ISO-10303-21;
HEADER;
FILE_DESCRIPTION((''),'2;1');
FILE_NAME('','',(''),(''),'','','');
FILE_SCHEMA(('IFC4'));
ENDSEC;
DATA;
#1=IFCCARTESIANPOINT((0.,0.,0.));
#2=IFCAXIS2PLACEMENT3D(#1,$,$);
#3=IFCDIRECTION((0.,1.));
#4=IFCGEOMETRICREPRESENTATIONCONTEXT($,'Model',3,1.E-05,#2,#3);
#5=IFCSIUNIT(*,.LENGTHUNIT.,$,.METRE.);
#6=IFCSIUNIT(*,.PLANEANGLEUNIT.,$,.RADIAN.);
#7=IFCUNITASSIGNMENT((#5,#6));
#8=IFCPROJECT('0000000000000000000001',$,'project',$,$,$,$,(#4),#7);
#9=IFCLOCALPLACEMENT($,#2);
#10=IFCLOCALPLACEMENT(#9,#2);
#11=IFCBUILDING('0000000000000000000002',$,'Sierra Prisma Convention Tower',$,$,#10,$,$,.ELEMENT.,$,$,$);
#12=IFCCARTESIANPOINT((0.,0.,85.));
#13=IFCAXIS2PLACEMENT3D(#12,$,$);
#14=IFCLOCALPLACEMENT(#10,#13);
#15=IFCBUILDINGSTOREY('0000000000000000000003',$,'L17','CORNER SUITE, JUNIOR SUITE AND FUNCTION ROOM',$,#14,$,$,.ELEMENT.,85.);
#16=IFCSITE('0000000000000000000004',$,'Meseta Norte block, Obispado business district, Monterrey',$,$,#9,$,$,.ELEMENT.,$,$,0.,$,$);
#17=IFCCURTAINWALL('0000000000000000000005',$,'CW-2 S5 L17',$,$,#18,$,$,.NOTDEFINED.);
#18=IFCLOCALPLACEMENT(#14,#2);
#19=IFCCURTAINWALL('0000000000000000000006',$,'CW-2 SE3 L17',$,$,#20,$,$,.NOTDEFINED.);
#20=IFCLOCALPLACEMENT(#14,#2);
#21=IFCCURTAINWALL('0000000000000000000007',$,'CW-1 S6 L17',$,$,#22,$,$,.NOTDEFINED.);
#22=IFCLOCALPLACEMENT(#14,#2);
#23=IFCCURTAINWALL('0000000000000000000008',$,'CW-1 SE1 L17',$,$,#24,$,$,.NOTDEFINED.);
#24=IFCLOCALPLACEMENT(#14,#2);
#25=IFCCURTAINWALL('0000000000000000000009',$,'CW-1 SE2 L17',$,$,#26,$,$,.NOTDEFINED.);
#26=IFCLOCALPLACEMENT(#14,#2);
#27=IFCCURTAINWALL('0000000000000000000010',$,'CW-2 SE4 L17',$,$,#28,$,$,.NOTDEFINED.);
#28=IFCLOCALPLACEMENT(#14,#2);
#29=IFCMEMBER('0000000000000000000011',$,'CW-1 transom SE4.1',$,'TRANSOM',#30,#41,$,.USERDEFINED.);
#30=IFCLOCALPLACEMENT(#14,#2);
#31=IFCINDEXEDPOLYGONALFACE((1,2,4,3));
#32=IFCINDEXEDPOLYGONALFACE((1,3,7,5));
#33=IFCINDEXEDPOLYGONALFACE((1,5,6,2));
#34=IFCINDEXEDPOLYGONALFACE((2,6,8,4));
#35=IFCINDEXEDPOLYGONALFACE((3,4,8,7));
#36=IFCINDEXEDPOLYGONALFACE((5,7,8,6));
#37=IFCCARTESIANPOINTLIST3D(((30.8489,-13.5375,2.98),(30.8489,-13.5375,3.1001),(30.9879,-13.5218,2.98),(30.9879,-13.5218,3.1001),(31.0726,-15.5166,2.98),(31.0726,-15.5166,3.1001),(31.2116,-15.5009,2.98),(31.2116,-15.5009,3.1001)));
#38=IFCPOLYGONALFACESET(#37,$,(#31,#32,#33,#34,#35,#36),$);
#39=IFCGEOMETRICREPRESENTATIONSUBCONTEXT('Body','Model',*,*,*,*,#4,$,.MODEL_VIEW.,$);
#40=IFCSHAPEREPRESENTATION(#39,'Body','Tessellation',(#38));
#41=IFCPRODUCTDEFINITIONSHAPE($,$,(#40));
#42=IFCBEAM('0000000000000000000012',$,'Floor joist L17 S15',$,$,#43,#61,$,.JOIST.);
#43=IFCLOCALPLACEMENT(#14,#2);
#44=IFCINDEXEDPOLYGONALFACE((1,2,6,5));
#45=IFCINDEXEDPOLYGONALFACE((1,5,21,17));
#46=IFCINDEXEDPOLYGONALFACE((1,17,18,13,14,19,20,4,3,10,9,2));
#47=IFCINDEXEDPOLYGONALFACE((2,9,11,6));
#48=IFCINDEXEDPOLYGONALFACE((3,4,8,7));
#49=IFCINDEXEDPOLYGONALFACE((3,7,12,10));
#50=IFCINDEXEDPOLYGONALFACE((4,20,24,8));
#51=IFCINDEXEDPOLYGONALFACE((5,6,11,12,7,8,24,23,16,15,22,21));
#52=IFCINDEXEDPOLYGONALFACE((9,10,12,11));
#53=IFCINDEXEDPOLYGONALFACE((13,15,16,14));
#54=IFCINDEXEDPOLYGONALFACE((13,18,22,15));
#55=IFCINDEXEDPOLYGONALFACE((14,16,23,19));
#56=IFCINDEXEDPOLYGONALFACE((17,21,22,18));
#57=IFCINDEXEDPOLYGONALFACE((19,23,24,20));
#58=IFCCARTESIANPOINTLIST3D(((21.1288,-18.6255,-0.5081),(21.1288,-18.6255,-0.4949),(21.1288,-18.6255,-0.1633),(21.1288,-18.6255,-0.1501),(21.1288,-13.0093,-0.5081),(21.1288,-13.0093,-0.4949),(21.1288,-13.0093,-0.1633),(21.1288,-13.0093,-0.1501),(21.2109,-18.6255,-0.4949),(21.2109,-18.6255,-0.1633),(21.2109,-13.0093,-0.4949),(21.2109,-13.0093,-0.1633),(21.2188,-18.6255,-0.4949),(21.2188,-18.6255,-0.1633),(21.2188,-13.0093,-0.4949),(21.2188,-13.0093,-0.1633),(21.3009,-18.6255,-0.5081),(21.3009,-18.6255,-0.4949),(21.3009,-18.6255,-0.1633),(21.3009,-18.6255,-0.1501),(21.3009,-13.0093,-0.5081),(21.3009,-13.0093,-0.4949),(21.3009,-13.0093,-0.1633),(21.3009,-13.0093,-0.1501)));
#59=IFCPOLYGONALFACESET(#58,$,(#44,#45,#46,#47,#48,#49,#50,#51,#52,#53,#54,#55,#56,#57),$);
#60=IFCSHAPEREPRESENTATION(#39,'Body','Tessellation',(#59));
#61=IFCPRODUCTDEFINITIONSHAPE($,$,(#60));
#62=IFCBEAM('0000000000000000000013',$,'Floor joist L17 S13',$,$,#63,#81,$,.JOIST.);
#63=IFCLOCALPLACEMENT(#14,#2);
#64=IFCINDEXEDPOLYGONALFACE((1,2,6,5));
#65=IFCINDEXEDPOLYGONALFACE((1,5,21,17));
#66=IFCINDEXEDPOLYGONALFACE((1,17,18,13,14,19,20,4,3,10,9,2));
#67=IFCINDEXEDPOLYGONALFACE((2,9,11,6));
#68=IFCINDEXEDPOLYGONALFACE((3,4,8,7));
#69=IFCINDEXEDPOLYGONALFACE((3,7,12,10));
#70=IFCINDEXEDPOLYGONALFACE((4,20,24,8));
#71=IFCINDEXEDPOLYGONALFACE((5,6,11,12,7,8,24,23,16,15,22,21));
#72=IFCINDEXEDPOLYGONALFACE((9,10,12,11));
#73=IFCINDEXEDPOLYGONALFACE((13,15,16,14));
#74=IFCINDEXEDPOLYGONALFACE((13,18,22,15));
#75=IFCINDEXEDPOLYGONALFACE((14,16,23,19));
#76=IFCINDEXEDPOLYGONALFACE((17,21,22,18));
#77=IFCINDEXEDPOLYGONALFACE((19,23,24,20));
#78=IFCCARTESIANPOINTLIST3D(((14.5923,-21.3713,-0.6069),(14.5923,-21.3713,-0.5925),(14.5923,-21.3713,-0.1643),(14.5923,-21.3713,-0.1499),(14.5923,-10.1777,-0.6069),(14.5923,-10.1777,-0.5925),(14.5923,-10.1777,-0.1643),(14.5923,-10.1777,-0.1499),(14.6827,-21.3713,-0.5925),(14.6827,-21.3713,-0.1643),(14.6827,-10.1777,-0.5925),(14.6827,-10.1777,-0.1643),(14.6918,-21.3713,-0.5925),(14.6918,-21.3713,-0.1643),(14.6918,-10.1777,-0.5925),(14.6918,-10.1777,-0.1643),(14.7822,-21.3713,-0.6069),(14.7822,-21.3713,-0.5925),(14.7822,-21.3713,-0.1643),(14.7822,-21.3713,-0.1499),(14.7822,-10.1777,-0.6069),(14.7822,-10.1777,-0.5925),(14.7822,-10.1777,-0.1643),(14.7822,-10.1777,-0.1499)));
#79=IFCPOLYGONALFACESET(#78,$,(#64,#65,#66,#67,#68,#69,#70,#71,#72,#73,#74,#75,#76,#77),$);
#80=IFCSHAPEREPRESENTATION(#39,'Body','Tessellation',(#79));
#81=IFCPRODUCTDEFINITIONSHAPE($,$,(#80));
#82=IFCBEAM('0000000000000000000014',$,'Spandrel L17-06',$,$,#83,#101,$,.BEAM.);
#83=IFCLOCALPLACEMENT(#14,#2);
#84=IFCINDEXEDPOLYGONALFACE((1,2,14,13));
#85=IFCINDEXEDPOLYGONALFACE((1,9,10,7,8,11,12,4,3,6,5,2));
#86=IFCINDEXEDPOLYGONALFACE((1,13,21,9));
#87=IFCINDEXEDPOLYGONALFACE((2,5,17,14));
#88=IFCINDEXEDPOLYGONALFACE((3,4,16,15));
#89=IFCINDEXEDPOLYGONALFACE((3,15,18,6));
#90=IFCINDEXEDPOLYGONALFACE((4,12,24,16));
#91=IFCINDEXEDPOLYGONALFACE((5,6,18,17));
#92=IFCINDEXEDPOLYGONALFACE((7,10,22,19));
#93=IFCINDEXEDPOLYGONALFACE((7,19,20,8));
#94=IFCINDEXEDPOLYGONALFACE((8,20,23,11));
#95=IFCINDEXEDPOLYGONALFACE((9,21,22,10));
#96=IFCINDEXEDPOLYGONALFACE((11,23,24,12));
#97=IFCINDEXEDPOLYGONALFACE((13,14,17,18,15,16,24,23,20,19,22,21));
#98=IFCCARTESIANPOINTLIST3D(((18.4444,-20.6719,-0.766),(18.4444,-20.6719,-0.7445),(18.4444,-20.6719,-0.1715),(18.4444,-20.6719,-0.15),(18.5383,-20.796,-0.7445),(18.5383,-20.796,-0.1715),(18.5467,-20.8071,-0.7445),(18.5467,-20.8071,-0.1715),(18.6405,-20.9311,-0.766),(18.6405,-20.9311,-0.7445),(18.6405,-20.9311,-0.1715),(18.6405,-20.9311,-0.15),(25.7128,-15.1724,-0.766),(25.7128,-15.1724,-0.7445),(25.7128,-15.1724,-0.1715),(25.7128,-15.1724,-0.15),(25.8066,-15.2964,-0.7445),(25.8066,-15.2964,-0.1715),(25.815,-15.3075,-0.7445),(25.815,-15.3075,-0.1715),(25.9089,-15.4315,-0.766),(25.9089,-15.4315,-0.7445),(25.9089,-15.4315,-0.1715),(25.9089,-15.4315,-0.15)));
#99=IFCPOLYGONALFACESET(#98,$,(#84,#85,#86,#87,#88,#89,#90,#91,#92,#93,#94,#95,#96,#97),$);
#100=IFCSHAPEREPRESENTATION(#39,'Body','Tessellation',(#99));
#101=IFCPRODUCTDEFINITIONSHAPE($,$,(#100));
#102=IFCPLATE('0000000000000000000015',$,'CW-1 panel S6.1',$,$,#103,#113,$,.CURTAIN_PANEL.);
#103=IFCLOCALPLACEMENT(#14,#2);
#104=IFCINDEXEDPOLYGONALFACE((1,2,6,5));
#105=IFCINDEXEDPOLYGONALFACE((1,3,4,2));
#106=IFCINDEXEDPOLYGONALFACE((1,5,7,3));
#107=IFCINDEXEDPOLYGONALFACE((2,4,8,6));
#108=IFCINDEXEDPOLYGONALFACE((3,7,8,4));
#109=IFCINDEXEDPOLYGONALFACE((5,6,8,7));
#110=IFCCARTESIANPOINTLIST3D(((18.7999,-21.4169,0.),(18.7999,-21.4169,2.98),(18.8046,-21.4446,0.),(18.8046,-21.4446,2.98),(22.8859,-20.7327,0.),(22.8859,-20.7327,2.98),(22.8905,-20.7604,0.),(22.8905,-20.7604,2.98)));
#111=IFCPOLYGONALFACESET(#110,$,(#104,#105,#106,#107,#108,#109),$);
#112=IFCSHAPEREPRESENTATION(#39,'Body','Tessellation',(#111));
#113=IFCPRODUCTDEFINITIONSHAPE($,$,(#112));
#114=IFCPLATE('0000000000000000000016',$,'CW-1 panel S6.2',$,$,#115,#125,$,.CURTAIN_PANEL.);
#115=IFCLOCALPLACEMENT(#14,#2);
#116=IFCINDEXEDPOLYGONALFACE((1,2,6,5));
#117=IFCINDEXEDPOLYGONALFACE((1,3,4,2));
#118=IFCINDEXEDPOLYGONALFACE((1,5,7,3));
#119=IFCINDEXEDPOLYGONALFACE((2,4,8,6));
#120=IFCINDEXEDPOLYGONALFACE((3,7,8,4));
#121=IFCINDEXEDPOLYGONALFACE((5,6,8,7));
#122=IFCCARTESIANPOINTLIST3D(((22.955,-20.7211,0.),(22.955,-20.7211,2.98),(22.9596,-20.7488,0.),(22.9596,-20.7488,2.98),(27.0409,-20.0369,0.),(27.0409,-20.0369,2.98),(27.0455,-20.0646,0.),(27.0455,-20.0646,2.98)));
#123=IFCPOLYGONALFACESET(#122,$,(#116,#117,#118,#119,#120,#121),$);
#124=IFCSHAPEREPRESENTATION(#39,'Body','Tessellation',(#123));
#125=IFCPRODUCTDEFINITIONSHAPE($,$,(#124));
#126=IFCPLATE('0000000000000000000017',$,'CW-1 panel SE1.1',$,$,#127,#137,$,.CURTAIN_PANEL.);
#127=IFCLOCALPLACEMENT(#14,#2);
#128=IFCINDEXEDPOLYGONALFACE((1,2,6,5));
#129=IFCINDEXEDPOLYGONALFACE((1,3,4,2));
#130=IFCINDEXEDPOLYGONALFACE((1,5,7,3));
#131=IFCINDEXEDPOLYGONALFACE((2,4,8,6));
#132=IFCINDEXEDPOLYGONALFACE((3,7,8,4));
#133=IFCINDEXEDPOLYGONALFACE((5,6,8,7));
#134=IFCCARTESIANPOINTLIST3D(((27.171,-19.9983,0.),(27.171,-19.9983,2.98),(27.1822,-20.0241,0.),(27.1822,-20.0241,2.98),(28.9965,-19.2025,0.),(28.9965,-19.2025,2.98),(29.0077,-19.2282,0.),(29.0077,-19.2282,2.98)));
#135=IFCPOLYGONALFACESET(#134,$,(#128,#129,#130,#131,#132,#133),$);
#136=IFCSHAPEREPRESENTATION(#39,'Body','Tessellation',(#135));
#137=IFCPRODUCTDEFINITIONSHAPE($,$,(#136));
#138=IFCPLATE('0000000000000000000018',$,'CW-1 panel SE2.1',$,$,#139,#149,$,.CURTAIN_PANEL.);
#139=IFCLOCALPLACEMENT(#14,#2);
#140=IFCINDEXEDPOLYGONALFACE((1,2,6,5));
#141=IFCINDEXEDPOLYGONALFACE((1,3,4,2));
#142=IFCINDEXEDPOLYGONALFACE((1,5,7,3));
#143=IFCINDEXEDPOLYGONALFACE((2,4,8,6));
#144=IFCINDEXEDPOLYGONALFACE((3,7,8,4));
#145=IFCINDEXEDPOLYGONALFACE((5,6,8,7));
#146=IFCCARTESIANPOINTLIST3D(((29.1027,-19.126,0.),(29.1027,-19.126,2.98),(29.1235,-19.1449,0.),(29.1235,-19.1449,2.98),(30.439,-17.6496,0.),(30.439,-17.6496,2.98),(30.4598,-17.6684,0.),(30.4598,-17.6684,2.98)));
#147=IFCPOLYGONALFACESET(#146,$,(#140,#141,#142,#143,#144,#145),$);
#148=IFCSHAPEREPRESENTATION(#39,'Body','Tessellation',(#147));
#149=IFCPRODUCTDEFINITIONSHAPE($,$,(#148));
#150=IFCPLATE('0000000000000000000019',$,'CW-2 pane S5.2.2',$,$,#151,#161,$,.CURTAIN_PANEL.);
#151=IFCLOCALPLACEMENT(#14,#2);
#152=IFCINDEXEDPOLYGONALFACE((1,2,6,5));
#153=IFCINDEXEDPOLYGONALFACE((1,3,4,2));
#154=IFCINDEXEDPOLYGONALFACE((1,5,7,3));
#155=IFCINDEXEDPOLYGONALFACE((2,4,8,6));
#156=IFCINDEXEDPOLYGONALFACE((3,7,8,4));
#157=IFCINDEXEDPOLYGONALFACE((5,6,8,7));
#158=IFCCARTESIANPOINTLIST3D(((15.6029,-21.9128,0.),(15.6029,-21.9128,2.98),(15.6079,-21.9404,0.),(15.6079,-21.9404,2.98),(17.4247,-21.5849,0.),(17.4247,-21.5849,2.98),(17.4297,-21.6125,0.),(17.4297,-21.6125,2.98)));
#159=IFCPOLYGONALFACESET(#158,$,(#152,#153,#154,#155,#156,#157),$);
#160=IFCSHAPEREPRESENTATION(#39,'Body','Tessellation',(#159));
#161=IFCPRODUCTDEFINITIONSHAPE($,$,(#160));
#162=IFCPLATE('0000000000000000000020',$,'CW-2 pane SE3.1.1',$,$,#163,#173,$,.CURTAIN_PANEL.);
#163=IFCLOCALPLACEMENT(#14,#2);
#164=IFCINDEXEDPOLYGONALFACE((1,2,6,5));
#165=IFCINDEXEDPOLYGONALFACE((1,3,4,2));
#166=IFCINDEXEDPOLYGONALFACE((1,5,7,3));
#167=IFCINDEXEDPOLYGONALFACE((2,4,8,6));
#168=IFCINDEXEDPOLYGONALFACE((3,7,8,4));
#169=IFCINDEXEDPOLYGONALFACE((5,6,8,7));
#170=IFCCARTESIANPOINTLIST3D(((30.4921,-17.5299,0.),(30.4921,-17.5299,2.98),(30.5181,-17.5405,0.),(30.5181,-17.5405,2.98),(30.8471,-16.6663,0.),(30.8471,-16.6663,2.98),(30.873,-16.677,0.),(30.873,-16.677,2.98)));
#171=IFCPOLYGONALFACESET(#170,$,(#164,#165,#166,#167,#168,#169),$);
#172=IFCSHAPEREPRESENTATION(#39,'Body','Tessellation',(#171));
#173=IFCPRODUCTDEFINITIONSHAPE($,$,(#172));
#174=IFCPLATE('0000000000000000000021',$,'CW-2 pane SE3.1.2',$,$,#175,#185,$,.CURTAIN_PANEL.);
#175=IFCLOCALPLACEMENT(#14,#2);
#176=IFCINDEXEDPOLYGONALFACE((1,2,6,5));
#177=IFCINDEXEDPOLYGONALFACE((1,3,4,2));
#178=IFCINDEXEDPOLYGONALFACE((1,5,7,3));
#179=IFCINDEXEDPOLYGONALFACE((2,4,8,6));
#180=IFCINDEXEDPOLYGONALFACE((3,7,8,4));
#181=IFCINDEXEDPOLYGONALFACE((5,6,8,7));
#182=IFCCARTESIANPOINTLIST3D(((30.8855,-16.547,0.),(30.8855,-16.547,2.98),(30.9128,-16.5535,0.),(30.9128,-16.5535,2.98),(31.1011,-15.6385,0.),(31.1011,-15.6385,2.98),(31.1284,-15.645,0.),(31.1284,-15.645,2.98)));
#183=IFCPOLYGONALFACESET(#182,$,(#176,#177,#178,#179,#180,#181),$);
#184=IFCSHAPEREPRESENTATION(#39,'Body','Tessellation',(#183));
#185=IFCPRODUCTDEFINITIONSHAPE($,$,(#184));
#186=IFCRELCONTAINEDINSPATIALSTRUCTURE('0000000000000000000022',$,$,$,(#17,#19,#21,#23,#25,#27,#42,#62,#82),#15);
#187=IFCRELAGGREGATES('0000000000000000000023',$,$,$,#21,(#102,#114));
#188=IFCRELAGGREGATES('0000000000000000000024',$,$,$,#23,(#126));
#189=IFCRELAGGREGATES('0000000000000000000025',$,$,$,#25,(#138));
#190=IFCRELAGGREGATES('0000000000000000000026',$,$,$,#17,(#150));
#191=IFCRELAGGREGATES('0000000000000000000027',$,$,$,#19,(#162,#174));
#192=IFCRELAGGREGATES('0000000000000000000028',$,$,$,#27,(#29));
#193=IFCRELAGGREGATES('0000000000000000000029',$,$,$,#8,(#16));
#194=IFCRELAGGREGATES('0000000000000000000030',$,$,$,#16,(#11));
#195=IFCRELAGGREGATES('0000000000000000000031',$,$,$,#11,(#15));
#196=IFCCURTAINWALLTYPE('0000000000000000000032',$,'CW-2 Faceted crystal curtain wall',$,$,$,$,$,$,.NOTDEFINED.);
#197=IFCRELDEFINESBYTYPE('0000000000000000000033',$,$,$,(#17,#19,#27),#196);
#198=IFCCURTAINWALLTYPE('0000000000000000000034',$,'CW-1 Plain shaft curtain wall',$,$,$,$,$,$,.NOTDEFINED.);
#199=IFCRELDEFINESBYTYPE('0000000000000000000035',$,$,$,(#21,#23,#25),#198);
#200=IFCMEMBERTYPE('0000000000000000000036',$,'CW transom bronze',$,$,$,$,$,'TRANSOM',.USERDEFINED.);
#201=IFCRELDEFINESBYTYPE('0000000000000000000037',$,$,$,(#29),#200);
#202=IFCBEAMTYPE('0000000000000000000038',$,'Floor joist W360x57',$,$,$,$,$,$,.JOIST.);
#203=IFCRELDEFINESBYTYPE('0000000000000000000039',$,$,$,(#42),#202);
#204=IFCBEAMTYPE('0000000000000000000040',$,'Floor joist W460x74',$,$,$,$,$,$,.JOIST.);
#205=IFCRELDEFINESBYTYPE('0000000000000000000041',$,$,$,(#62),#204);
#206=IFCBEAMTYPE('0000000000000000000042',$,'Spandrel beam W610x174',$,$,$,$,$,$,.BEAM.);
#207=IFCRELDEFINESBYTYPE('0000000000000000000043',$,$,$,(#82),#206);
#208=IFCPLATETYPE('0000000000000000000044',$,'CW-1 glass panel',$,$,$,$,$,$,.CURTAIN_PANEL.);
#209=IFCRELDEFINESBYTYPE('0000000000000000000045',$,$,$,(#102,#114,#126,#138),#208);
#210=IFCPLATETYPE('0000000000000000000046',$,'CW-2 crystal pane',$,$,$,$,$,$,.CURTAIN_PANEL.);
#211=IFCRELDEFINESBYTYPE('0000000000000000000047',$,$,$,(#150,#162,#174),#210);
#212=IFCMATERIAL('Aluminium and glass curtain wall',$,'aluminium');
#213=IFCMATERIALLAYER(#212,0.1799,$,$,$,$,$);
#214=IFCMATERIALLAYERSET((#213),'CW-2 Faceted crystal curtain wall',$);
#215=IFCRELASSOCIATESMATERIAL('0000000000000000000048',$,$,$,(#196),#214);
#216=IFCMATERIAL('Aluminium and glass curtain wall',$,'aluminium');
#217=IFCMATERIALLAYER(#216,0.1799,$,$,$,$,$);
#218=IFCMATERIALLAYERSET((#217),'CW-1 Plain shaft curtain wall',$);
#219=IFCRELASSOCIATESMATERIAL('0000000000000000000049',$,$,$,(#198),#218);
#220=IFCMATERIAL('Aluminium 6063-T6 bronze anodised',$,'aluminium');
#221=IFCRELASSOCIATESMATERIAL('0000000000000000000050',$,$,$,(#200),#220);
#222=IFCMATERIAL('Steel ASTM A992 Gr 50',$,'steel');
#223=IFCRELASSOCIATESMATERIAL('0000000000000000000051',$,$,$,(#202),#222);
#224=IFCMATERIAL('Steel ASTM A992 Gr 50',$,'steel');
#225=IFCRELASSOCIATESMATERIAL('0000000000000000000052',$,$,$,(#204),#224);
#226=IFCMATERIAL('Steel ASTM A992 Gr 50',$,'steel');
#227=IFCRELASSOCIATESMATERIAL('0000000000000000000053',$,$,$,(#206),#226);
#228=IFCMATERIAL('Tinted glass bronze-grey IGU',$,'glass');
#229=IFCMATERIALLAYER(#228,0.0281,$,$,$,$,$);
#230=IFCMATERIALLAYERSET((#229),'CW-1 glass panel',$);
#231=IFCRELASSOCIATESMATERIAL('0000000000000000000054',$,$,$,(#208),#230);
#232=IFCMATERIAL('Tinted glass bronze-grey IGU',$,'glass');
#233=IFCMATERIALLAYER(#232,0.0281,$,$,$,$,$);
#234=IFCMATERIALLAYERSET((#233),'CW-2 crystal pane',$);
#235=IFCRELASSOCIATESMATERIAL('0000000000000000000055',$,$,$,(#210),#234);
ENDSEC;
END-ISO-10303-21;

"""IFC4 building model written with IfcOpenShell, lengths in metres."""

from ifc_helpers import new_model, si_unit, direction, frame, origin, origin_2d, place, context, subcontext, project, spatial, polyline, rectangle, i_section, outline, extrude, material, layer, layer_set, material_profile, profile_set, type_object, element, aggregate, save


model = new_model("IFC4")

# Units and contexts
model_context = context("Model", 3, precision=1e-05, world=origin(), true_north=direction((0.0, 1.0)))
body_context = subcontext(model_context, "Body", "Model", "MODEL_VIEW")
ifc_project = project(units=[si_unit("LENGTHUNIT", "METRE"), si_unit("PLANEANGLEUNIT", "RADIAN")], contexts=[model_context])

# Site, building, storey
site_placement = place(None, origin())
site = spatial("IfcSite", under=ifc_project, at=site_placement, Name="Meseta Norte block, Obispado business district, Monterrey", CompositionType="ELEMENT", RefElevation=0.0)
building_placement = place(site_placement, origin())
building = spatial("IfcBuilding", under=site, at=building_placement, Name="Sierra Prisma Convention Tower", CompositionType="ELEMENT")
storey_placement = place(building_placement, frame((0.0, 0.0, 85.0)))
storey = spatial("IfcBuildingStorey", under=building, at=storey_placement, Name="L17", Description="CORNER SUITE, JUNIOR SUITE AND FUNCTION ROOM", CompositionType="ELEMENT", Elevation=85.0)

# Curtain walls
ifc_material_1 = material(Name="Aluminium and glass curtain wall", Category="aluminium")
ifc_layer_1 = layer(ifc_material_1, 0.1799)
ifc_layer_set_1 = layer_set([ifc_layer_1], Name="CW-2 Faceted crystal curtain wall")
curtain_wall_type_1 = type_object("IfcCurtainWallType", Name="CW-2 Faceted crystal curtain wall", PredefinedType="NOTDEFINED", material=ifc_layer_set_1)
curtain_wall_1_placement = place(storey_placement, origin())
curtain_wall_1 = element("IfcCurtainWall", 1, at=curtain_wall_1_placement, inside=storey, type_object=curtain_wall_type_1, Name="CW-2 S5 L17", PredefinedType="NOTDEFINED")
curtain_wall_2_placement = place(storey_placement, origin())
curtain_wall_2 = element("IfcCurtainWall", 2, at=curtain_wall_2_placement, inside=storey, type_object=curtain_wall_type_1, Name="CW-2 SE3 L17", PredefinedType="NOTDEFINED")

# Curtain walls
ifc_material_2 = material(Name="Aluminium and glass curtain wall", Category="aluminium")
ifc_layer_2 = layer(ifc_material_2, 0.1799)
ifc_layer_set_2 = layer_set([ifc_layer_2], Name="CW-1 Plain shaft curtain wall")
curtain_wall_type_2 = type_object("IfcCurtainWallType", Name="CW-1 Plain shaft curtain wall", PredefinedType="NOTDEFINED", material=ifc_layer_set_2)
curtain_wall_3_placement = place(storey_placement, origin())
curtain_wall_3 = element("IfcCurtainWall", 3, at=curtain_wall_3_placement, inside=storey, type_object=curtain_wall_type_2, Name="CW-1 S6 L17", PredefinedType="NOTDEFINED")
curtain_wall_4_placement = place(storey_placement, origin())
curtain_wall_4 = element("IfcCurtainWall", 4, at=curtain_wall_4_placement, inside=storey, type_object=curtain_wall_type_2, Name="CW-1 SE1 L17", PredefinedType="NOTDEFINED")
curtain_wall_5_placement = place(storey_placement, origin())
curtain_wall_5 = element("IfcCurtainWall", 5, at=curtain_wall_5_placement, inside=storey, type_object=curtain_wall_type_2, Name="CW-1 SE2 L17", PredefinedType="NOTDEFINED")

# Curtain wall
curtain_wall_6_placement = place(storey_placement, origin())
curtain_wall_6 = element("IfcCurtainWall", 6, at=curtain_wall_6_placement, inside=storey, type_object=curtain_wall_type_1, Name="CW-2 SE4 L17", PredefinedType="NOTDEFINED")

# Member
ifc_material_3 = material(Name="Aluminium 6063-T6 bronze anodised", Category="aluminium")
ifc_material_profile_1 = material_profile(ifc_material_3, rectangle(XDim=0.1399, YDim=0.1201, at=origin_2d()), Name="ALU TRANSOM 120x140")
ifc_profile_set_1 = profile_set([ifc_material_profile_1], Name="Aluminium 6063-T6 bronze anodised")
member_type_1 = type_object("IfcMemberType", Name="CW transom bronze", ElementType="TRANSOM", PredefinedType="USERDEFINED", material=ifc_profile_set_1)
member_1_placement = place(storey_placement, frame((31.1421, -15.5088, 3.04), z_axis=(-0.112288, 0.993676, 0.0), x_axis=(-0.993676, -0.112288, 0.0)))
member_1 = element("IfcMember", 7, at=member_1_placement, type_object=member_type_1, Name="CW-1 transom SE4.1", ObjectType="TRANSOM", PredefinedType="USERDEFINED", context=body_context, shape_type="SweptSolid", body=[
    extrude(rectangle(XDim=0.1399, YDim=0.1201, at=origin_2d()), origin(), (0.0, 0.0, 1.0), 1.9917),
])

# Beams
ifc_material_4 = material(Name="Steel ASTM A992 Gr 50", Category="steel")
ifc_material_profile_2 = material_profile(ifc_material_4, i_section(OverallWidth=0.1721, OverallDepth=0.3579, WebThickness=0.0078, FlangeThickness=0.0132, at=origin_2d()), Name="W360x57")
ifc_profile_set_2 = profile_set([ifc_material_profile_2], Name="Steel ASTM A992 Gr 50")
beam_type_1 = type_object("IfcBeamType", Name="Floor joist W360x57", PredefinedType="JOIST", material=ifc_profile_set_2)
beam_1_placement = place(storey_placement, frame((21.2148, -18.6255, -0.3291), z_axis=(0.0, 1.0, 0.0), x_axis=(-1.0, 0.0, 0.0)))
element("IfcBeam", 8, at=beam_1_placement, inside=storey, type_object=beam_type_1, Name="Floor joist L17 S15", PredefinedType="JOIST", context=body_context, shape_type="SweptSolid", body=[
    extrude(i_section(OverallWidth=0.1721, OverallDepth=0.3579, WebThickness=0.0078, FlangeThickness=0.0132, at=origin_2d()), origin(), (0.0, 0.0, 1.0), 5.6162),
])
ifc_material_5 = material(Name="Steel ASTM A992 Gr 50", Category="steel")
ifc_material_profile_3 = material_profile(ifc_material_5, i_section(OverallWidth=0.1899, OverallDepth=0.457, WebThickness=0.009, FlangeThickness=0.0144, at=origin_2d()), Name="W460x74")
ifc_profile_set_3 = profile_set([ifc_material_profile_3], Name="Steel ASTM A992 Gr 50")
beam_type_2 = type_object("IfcBeamType", Name="Floor joist W460x74", PredefinedType="JOIST", material=ifc_profile_set_3)
beam_2_placement = place(storey_placement, frame((14.6873, -21.3713, -0.3784), z_axis=(0.0, 1.0, 0.0), x_axis=(-1.0, 0.0, 0.0)))
element("IfcBeam", 9, at=beam_2_placement, inside=storey, type_object=beam_type_2, Name="Floor joist L17 S13", PredefinedType="JOIST", context=body_context, shape_type="SweptSolid", body=[
    extrude(i_section(OverallWidth=0.1899, OverallDepth=0.457, WebThickness=0.009, FlangeThickness=0.0144, at=origin_2d()), origin(), (0.0, 0.0, 1.0), 11.1936),
])
ifc_material_6 = material(Name="Steel ASTM A992 Gr 50", Category="steel")
ifc_material_profile_4 = material_profile(ifc_material_6, i_section(OverallWidth=0.325, OverallDepth=0.616, WebThickness=0.0139, FlangeThickness=0.0215, at=origin_2d()), Name="W610x174")
ifc_profile_set_4 = profile_set([ifc_material_profile_4], Name="Steel ASTM A992 Gr 50")
beam_type_3 = type_object("IfcBeamType", Name="Spandrel beam W610x174", PredefinedType="BEAM", material=ifc_profile_set_4)
beam_3_placement = place(storey_placement, frame((18.5425, -20.8015, -0.458), z_axis=(0.79745, 0.603385, 0.0), x_axis=(-0.603385, 0.79745, 0.0)))
element("IfcBeam", 10, at=beam_3_placement, inside=storey, type_object=beam_type_3, Name="Spandrel L17-06", PredefinedType="BEAM", context=body_context, shape_type="SweptSolid", body=[
    extrude(i_section(OverallWidth=0.325, OverallDepth=0.616, WebThickness=0.0139, FlangeThickness=0.0215, at=origin_2d()), origin(), (0.0, 0.0, 1.0), 9.1145),
])

# Plates
ifc_material_7 = material(Name="Tinted glass bronze-grey IGU", Category="glass")
ifc_layer_3 = layer(ifc_material_7, 0.0281)
ifc_layer_set_3 = layer_set([ifc_layer_3], Name="CW-1 glass panel")
plate_type_1 = type_object("IfcPlateType", Name="CW-1 glass panel", PredefinedType="CURTAIN_PANEL", material=ifc_layer_set_3)
plate_1_placement = place(storey_placement, frame((20.8452, -21.0886, 0.0), z_axis=(0.0, 0.0, 1.0), x_axis=(0.986269, 0.165149, 0.0)))
plate_1 = element("IfcPlate", 11, at=plate_1_placement, type_object=plate_type_1, Name="CW-1 panel S6.1", PredefinedType="CURTAIN_PANEL", context=body_context, shape_type="SweptSolid", body=[
    extrude(rectangle(XDim=4.1428, YDim=0.0281, at=origin_2d()), origin(), (0.0, 0.0, 1.0), 2.98),
])
plate_2_placement = place(storey_placement, frame((25.0002, -20.3928, 0.0), z_axis=(0.0, 0.0, 1.0), x_axis=(0.986269, 0.165149, 0.0)))
plate_2 = element("IfcPlate", 12, at=plate_2_placement, type_object=plate_type_1, Name="CW-1 panel S6.2", PredefinedType="CURTAIN_PANEL", context=body_context, shape_type="SweptSolid", body=[
    extrude(rectangle(XDim=4.1428, YDim=0.0281, at=origin_2d()), origin(), (0.0, 0.0, 1.0), 2.98),
])
aggregate(curtain_wall_3, [plate_1, plate_2])
plate_3_placement = place(storey_placement, frame((28.0894, -19.6133, 0.0), z_axis=(0.0, 0.0, 1.0), x_axis=(0.916675, 0.399634, 0.0)))
plate_3 = element("IfcPlate", 13, at=plate_3_placement, type_object=plate_type_1, Name="CW-1 panel SE1.1", PredefinedType="CURTAIN_PANEL", context=body_context, shape_type="SweptSolid", body=[
    extrude(rectangle(XDim=1.9915, YDim=0.0281, at=origin_2d()), origin(), (0.0, 0.0, 1.0), 2.98),
])
aggregate(curtain_wall_4, [plate_3])
plate_4_placement = place(storey_placement, frame((29.7812, -18.3972, 0.0), z_axis=(0.0, 0.0, 1.0), x_axis=(0.671051, 0.741411, 0.0)))
plate_4 = element("IfcPlate", 14, at=plate_4_placement, type_object=plate_type_1, Name="CW-1 panel SE2.1", PredefinedType="CURTAIN_PANEL", context=body_context, shape_type="SweptSolid", body=[
    extrude(rectangle(XDim=1.9915, YDim=0.0281, at=origin_2d()), origin(), (0.0, 0.0, 1.0), 2.98),
])
aggregate(curtain_wall_5, [plate_4])
ifc_material_8 = material(Name="Tinted glass bronze-grey IGU", Category="glass")
ifc_layer_4 = layer(ifc_material_8, 0.0281)
ifc_layer_set_4 = layer_set([ifc_layer_4], Name="CW-2 crystal pane")
plate_type_2 = type_object("IfcPlateType", Name="CW-2 crystal pane", PredefinedType="CURTAIN_PANEL", material=ifc_layer_set_4)
plate_5_placement = place(storey_placement, frame((17.4297, -21.6125, 0.0), z_axis=(0.177133, -0.984187, 0.0), x_axis=(-0.984187, -0.177133, 0.0)))
plate_5 = element("IfcPlate", 15, at=plate_5_placement, type_object=plate_type_2, Name="CW-2 pane S5.2.2", PredefinedType="CURTAIN_PANEL", context=body_context, shape_type="SweptSolid", body=[
    extrude(outline(polyline([(0.0, 0.0), (1.851, 0.0), (1.851, -2.98), (0.0, -2.98), (0.0, 0.0)])), origin(), (0.0, 0.0, -1.0), 0.0281),
])
aggregate(curtain_wall_1, [plate_5])
plate_6_placement = place(storey_placement, frame((30.5181, -17.5405, 0.0), z_axis=(0.9249, -0.380211, 0.0), x_axis=(0.380211, 0.9249, 0.0)))
plate_6 = element("IfcPlate", 16, at=plate_6_placement, type_object=plate_type_2, Name="CW-2 pane SE3.1.1", PredefinedType="CURTAIN_PANEL", context=body_context, shape_type="SweptSolid", body=[
    extrude(outline(polyline([(0.0, 0.0), (0.9336, 0.0), (0.9336, 2.98), (0.0, 2.98), (0.0, 0.0)])), origin(), (0.0, 0.0, -1.0), 0.0281),
])
plate_7_placement = place(storey_placement, frame((31.1284, -15.645, 0.0), z_axis=(0.97298, -0.23089, 0.0), x_axis=(-0.23089, -0.97298, 0.0)))
plate_7 = element("IfcPlate", 17, at=plate_7_placement, type_object=plate_type_2, Name="CW-2 pane SE3.1.2", PredefinedType="CURTAIN_PANEL", context=body_context, shape_type="SweptSolid", body=[
    extrude(outline(polyline([(0.0, 0.0), (0.9337, 0.0), (0.9337, -2.98), (0.0, -2.98), (0.0, 0.0)])), origin(), (0.0, 0.0, -1.0), 0.0281),
])
aggregate(curtain_wall_2, [plate_6, plate_7])
aggregate(curtain_wall_6, [member_1])

save(model, "model.ifc")
